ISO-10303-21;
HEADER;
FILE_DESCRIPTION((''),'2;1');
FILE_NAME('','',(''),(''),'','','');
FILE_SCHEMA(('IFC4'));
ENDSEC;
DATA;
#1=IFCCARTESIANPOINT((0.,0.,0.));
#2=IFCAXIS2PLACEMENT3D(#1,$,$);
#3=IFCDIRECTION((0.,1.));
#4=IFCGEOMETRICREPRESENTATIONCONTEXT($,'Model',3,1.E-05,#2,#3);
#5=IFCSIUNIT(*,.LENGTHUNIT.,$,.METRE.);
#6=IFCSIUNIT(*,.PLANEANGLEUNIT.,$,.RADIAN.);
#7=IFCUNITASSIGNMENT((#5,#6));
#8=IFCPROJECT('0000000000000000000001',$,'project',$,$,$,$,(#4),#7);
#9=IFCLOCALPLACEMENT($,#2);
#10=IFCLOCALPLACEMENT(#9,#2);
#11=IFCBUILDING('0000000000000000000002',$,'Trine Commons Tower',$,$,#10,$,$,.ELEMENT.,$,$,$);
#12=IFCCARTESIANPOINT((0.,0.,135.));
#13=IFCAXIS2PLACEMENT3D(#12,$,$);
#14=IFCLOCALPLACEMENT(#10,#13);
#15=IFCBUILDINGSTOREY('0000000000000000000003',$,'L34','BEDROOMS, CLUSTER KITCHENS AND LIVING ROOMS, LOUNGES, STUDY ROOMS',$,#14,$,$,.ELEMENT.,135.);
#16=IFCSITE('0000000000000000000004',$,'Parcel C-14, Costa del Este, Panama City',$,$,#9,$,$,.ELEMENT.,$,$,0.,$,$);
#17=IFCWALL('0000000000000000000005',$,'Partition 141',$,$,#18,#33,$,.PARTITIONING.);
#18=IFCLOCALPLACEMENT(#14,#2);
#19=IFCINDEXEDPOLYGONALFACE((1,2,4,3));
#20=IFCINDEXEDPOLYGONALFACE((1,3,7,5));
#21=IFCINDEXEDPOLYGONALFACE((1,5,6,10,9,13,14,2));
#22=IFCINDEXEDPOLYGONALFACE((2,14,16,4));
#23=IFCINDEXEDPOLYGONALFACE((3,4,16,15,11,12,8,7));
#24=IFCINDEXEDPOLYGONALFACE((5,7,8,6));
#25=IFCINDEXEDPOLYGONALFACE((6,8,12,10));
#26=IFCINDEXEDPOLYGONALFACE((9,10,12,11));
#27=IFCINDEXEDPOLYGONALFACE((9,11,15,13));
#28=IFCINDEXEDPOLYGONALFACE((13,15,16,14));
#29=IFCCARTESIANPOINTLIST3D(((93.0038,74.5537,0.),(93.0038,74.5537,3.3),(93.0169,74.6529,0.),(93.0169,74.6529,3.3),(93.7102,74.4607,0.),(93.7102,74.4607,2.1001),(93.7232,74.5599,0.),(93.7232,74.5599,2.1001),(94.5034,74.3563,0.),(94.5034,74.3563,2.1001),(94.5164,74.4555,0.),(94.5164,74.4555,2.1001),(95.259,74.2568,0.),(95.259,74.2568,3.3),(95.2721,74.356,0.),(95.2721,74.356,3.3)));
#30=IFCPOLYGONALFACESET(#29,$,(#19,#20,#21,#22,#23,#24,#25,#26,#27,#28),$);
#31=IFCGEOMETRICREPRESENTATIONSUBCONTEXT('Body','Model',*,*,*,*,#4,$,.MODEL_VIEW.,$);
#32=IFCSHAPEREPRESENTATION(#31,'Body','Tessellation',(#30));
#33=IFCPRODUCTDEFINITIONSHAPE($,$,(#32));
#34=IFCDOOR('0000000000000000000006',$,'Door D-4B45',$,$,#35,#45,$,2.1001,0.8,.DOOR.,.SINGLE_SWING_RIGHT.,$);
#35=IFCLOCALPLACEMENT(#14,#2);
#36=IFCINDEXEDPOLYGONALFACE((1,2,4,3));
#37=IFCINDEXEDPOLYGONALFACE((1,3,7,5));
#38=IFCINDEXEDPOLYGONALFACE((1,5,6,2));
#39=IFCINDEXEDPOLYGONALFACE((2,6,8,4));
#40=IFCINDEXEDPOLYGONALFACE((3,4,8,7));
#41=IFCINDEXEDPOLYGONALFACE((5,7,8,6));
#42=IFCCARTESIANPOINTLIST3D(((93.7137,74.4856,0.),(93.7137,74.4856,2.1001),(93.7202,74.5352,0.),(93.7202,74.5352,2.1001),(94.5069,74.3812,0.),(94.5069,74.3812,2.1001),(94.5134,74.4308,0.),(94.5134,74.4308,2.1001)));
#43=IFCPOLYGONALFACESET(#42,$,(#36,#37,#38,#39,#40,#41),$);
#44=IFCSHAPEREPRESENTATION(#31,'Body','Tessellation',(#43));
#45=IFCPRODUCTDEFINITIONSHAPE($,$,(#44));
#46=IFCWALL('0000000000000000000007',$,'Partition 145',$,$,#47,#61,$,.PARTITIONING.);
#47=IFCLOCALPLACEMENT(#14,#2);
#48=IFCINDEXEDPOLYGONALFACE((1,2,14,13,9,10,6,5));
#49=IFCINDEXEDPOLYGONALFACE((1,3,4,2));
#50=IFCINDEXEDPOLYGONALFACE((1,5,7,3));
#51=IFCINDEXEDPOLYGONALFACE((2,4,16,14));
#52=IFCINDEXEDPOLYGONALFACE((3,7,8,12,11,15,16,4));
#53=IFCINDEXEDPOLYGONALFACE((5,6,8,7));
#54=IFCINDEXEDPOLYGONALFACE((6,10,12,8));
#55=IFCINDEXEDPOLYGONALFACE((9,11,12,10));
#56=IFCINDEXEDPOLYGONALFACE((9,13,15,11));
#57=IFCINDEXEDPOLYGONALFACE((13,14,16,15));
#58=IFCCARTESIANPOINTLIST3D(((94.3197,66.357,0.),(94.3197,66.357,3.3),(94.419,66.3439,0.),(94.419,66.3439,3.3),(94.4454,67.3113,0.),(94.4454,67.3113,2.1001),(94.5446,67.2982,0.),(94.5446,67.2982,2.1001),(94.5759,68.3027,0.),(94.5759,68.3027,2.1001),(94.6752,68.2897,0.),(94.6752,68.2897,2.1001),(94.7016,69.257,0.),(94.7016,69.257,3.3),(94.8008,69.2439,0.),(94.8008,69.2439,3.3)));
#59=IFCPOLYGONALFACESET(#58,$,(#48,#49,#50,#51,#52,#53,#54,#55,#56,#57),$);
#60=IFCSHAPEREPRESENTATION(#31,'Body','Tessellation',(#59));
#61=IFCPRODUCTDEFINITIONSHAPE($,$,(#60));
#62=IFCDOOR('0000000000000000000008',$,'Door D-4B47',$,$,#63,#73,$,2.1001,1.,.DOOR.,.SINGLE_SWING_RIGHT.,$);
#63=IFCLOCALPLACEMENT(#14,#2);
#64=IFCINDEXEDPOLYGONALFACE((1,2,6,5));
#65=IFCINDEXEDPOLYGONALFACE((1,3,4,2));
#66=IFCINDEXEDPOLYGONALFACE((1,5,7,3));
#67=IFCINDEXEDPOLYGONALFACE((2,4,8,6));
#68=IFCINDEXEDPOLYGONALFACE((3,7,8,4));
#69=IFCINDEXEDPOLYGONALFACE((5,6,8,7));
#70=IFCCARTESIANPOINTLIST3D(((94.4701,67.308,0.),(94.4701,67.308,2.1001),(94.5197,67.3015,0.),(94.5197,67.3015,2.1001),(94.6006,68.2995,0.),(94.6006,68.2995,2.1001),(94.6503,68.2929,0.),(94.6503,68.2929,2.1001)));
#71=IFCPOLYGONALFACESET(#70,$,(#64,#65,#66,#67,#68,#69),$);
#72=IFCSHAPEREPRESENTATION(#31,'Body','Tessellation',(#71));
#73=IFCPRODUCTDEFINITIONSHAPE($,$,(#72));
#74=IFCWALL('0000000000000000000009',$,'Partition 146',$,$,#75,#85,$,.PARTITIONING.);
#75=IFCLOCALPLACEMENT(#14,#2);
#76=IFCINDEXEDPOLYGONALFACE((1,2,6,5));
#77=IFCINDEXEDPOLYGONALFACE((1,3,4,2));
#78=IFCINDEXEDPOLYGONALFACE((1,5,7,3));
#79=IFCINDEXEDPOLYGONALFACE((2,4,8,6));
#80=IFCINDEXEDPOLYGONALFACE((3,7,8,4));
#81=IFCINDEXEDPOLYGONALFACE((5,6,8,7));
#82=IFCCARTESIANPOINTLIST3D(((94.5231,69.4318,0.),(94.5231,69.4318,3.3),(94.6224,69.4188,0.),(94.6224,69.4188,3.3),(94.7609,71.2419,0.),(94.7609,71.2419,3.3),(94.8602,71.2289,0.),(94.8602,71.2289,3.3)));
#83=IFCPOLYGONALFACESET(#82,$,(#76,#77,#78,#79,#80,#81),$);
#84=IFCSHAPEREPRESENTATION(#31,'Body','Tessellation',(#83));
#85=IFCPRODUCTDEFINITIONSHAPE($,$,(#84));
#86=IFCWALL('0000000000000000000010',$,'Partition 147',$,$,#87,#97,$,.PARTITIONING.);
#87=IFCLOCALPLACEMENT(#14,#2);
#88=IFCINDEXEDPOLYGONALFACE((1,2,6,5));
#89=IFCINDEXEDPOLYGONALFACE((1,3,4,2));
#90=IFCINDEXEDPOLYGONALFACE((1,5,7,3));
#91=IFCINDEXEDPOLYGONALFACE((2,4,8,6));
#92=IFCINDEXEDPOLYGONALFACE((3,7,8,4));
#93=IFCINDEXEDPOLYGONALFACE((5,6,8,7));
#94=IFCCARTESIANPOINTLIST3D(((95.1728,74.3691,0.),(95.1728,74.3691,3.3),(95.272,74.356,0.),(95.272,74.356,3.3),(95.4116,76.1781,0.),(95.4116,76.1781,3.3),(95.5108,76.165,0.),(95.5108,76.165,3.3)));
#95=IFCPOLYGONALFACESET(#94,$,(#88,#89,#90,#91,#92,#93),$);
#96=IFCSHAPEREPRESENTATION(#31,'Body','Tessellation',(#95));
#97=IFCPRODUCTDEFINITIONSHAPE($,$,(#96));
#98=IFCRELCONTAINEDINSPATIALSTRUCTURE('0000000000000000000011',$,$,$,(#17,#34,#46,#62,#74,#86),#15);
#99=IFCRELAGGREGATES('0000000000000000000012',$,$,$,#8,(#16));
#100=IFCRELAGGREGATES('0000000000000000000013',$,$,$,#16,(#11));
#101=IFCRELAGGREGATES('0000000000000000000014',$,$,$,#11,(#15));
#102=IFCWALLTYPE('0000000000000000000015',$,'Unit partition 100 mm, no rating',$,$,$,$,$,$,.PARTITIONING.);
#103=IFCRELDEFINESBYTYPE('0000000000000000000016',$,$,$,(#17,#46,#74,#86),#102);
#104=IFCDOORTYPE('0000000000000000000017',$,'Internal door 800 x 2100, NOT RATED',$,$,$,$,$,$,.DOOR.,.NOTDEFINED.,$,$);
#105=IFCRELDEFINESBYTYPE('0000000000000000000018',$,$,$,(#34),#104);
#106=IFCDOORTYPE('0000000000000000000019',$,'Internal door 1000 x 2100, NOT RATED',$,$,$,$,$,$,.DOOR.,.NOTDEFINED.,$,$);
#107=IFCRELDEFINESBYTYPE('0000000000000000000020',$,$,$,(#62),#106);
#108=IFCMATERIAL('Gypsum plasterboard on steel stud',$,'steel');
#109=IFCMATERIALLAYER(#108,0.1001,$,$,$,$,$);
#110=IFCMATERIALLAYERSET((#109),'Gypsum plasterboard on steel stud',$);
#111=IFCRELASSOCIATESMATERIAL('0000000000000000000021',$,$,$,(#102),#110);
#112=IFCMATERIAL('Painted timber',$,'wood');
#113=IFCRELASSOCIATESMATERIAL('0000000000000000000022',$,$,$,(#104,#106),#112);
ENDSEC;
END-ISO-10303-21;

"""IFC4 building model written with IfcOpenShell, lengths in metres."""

from ifc_helpers import new_model, si_unit, direction, frame, frame_2d, origin, place, context, subcontext, project, spatial, rectangle, extrude, material, layer, layer_set, type_object, element, fill, save


model = new_model("IFC4")

# Units and contexts
model_context = context("Model", 3, precision=1e-05, world=origin(), true_north=direction((0.0, 1.0)))
body_context = subcontext(model_context, "Body", "Model", "MODEL_VIEW")
ifc_project = project(units=[si_unit("LENGTHUNIT", "METRE"), si_unit("PLANEANGLEUNIT", "RADIAN")], contexts=[model_context])

# Site, building, storey
site_placement = place(None, origin())
site = spatial("IfcSite", under=ifc_project, at=site_placement, Name="Parcel C-14, Costa del Este, Panama City", CompositionType="ELEMENT", RefElevation=0.0)
building_placement = place(site_placement, origin())
building = spatial("IfcBuilding", under=site, at=building_placement, Name="Trine Commons Tower", CompositionType="ELEMENT")
storey_placement = place(building_placement, frame((0.0, 0.0, 135.0)))
storey = spatial("IfcBuildingStorey", under=building, at=storey_placement, Name="L34", Description="BEDROOMS, CLUSTER KITCHENS AND LIVING ROOMS, LOUNGES, STUDY ROOMS", CompositionType="ELEMENT", Elevation=135.0)

# Shared definitions
ifc_material_1 = material(Name="Gypsum plasterboard on steel stud", Category="steel")

# Shared definitions
ifc_layer_1 = layer(ifc_material_1, 0.1001)
ifc_layer_set_1 = layer_set([ifc_layer_1], Name="Gypsum plasterboard on steel stud")
wall_type_1 = type_object("IfcWallType", Name="Unit partition 100 mm, no rating", PredefinedType="PARTITIONING", material=ifc_layer_set_1)

# Walls, openings, doors
ifc_material_2 = material(Name="Painted timber", Category="wood")
door_type_1 = type_object("IfcDoorType", Name="Internal door 800 x 2100, NOT RATED", OperationType="NOTDEFINED", PredefinedType="DOOR", material=ifc_material_2)
wall_1_placement = place(storey_placement, frame((93.0105, 74.6033, 0.0), z_axis=(0.0, 0.0, 1.0), x_axis=(0.991446, -0.130518, 0.0)))
wall_1 = element("IfcWall", 1, at=wall_1_placement, inside=storey, type_object=wall_type_1, Name="Partition 141", PredefinedType="PARTITIONING", context=body_context, shape_type="SweptSolid", body=[
    extrude(rectangle(XDim=2.2747, YDim=0.1001, at=frame_2d((1.1372, 0.0))), origin(), (0.0, 0.0, 1.0), 3.3),
])
opening_1_placement = place(wall_1_placement, frame((0.7124, 0.0, 0.0)))
opening_1 = element("IfcOpeningElement", 2, at=opening_1_placement, cuts=wall_1, PredefinedType="OPENING", context=body_context, shape_type="SweptSolid", body=[
    extrude(rectangle(XDim=0.8, YDim=2.1001, at=frame_2d((0.3999, 1.05))), frame((0.0, 0.0601, 0.0), z_axis=(0.0, -1.0, 0.0), x_axis=(1.0, 0.0, 0.0)), (0.0, 0.0, 1.0), 0.1201),
])
door_1_placement = place(opening_1_placement, frame((0.8, 0.0, 0.0), z_axis=(0.0, 0.0, 1.0), x_axis=(-1.0, 0.0, 0.0)))
door_1 = element("IfcDoor", 3, at=door_1_placement, inside=storey, type_object=door_type_1, Name="Door D-4B45", OperationType="SINGLE_SWING_RIGHT", OverallHeight=2.1001, OverallWidth=0.8, PredefinedType="DOOR", context=body_context, shape_type="SweptSolid", body=[
    extrude(rectangle(XDim=0.8, YDim=2.1001, at=frame_2d((0.3999, 1.05))), frame((0.0, 0.0249, 0.0), z_axis=(0.0, -1.0, 0.0), x_axis=(1.0, 0.0, 0.0)), (0.0, 0.0, 1.0), 0.05),
])
fill(opening_1, door_1)
wall_2_placement = place(storey_placement, frame((94.3694, 66.3506, 0.0), z_axis=(0.0, 0.0, 1.0), x_axis=(0.130545, 0.991442, 0.0)))
wall_2 = element("IfcWall", 4, at=wall_2_placement, inside=storey, type_object=wall_type_1, Name="Partition 145", PredefinedType="PARTITIONING", context=body_context, shape_type="SweptSolid", body=[
    extrude(rectangle(XDim=2.925, YDim=0.1001, at=frame_2d((1.4624, 0.0))), origin(), (0.0, 0.0, 1.0), 3.3),
])
opening_2_placement = place(wall_2_placement, frame((0.9624, 0.0, 0.0)))
opening_2 = element("IfcOpeningElement", 5, at=opening_2_placement, cuts=wall_2, PredefinedType="OPENING", context=body_context, shape_type="SweptSolid", body=[
    extrude(rectangle(XDim=1.0, YDim=2.1001, at=frame_2d((0.5, 1.05))), frame((0.0, 0.0601, 0.0), z_axis=(0.0, -1.0, 0.0), x_axis=(1.0, 0.0, 0.0)), (0.0, 0.0, 1.0), 0.1201),
])
door_type_2 = type_object("IfcDoorType", Name="Internal door 1000 x 2100, NOT RATED", OperationType="NOTDEFINED", PredefinedType="DOOR", material=ifc_material_2)
door_2_placement = place(opening_2_placement, frame((1.0, 0.0, 0.0), z_axis=(0.0, 0.0, 1.0), x_axis=(-1.0, 0.0, 0.0)))
door_2 = element("IfcDoor", 6, at=door_2_placement, inside=storey, type_object=door_type_2, Name="Door D-4B47", OperationType="SINGLE_SWING_RIGHT", OverallHeight=2.1001, OverallWidth=1.0, PredefinedType="DOOR", context=body_context, shape_type="SweptSolid", body=[
    extrude(rectangle(XDim=1.0, YDim=2.1001, at=frame_2d((0.5, 1.05))), frame((0.0, 0.0249, 0.0), z_axis=(0.0, -1.0, 0.0), x_axis=(1.0, 0.0, 0.0)), (0.0, 0.0, 1.0), 0.05),
])
fill(opening_2, door_2)

# Walls
wall_3_placement = place(storey_placement, frame((94.5728, 69.4253, 0.0), z_axis=(0.0, 0.0, 1.0), x_axis=(0.130254, 0.991481, 0.0)))
element("IfcWall", 7, at=wall_3_placement, inside=storey, type_object=wall_type_1, Name="Partition 146", PredefinedType="PARTITIONING", context=body_context, shape_type="SweptSolid", body=[
    extrude(rectangle(XDim=1.8257, YDim=0.1001, at=frame_2d((0.9128, 0.0))), origin(), (0.0, 0.0, 1.0), 3.3),
])
wall_4_placement = place(storey_placement, frame((95.2224, 74.3625, 0.0), z_axis=(0.0, 0.0, 1.0), x_axis=(0.130849, 0.991402, 0.0)))
element("IfcWall", 8, at=wall_4_placement, inside=storey, type_object=wall_type_1, Name="Partition 147", PredefinedType="PARTITIONING", context=body_context, shape_type="SweptSolid", body=[
    extrude(rectangle(XDim=1.8247, YDim=0.1001, at=frame_2d((0.9124, 0.0))), origin(), (0.0, 0.0, 1.0), 3.3),
])

save(model, "model.ifc")
